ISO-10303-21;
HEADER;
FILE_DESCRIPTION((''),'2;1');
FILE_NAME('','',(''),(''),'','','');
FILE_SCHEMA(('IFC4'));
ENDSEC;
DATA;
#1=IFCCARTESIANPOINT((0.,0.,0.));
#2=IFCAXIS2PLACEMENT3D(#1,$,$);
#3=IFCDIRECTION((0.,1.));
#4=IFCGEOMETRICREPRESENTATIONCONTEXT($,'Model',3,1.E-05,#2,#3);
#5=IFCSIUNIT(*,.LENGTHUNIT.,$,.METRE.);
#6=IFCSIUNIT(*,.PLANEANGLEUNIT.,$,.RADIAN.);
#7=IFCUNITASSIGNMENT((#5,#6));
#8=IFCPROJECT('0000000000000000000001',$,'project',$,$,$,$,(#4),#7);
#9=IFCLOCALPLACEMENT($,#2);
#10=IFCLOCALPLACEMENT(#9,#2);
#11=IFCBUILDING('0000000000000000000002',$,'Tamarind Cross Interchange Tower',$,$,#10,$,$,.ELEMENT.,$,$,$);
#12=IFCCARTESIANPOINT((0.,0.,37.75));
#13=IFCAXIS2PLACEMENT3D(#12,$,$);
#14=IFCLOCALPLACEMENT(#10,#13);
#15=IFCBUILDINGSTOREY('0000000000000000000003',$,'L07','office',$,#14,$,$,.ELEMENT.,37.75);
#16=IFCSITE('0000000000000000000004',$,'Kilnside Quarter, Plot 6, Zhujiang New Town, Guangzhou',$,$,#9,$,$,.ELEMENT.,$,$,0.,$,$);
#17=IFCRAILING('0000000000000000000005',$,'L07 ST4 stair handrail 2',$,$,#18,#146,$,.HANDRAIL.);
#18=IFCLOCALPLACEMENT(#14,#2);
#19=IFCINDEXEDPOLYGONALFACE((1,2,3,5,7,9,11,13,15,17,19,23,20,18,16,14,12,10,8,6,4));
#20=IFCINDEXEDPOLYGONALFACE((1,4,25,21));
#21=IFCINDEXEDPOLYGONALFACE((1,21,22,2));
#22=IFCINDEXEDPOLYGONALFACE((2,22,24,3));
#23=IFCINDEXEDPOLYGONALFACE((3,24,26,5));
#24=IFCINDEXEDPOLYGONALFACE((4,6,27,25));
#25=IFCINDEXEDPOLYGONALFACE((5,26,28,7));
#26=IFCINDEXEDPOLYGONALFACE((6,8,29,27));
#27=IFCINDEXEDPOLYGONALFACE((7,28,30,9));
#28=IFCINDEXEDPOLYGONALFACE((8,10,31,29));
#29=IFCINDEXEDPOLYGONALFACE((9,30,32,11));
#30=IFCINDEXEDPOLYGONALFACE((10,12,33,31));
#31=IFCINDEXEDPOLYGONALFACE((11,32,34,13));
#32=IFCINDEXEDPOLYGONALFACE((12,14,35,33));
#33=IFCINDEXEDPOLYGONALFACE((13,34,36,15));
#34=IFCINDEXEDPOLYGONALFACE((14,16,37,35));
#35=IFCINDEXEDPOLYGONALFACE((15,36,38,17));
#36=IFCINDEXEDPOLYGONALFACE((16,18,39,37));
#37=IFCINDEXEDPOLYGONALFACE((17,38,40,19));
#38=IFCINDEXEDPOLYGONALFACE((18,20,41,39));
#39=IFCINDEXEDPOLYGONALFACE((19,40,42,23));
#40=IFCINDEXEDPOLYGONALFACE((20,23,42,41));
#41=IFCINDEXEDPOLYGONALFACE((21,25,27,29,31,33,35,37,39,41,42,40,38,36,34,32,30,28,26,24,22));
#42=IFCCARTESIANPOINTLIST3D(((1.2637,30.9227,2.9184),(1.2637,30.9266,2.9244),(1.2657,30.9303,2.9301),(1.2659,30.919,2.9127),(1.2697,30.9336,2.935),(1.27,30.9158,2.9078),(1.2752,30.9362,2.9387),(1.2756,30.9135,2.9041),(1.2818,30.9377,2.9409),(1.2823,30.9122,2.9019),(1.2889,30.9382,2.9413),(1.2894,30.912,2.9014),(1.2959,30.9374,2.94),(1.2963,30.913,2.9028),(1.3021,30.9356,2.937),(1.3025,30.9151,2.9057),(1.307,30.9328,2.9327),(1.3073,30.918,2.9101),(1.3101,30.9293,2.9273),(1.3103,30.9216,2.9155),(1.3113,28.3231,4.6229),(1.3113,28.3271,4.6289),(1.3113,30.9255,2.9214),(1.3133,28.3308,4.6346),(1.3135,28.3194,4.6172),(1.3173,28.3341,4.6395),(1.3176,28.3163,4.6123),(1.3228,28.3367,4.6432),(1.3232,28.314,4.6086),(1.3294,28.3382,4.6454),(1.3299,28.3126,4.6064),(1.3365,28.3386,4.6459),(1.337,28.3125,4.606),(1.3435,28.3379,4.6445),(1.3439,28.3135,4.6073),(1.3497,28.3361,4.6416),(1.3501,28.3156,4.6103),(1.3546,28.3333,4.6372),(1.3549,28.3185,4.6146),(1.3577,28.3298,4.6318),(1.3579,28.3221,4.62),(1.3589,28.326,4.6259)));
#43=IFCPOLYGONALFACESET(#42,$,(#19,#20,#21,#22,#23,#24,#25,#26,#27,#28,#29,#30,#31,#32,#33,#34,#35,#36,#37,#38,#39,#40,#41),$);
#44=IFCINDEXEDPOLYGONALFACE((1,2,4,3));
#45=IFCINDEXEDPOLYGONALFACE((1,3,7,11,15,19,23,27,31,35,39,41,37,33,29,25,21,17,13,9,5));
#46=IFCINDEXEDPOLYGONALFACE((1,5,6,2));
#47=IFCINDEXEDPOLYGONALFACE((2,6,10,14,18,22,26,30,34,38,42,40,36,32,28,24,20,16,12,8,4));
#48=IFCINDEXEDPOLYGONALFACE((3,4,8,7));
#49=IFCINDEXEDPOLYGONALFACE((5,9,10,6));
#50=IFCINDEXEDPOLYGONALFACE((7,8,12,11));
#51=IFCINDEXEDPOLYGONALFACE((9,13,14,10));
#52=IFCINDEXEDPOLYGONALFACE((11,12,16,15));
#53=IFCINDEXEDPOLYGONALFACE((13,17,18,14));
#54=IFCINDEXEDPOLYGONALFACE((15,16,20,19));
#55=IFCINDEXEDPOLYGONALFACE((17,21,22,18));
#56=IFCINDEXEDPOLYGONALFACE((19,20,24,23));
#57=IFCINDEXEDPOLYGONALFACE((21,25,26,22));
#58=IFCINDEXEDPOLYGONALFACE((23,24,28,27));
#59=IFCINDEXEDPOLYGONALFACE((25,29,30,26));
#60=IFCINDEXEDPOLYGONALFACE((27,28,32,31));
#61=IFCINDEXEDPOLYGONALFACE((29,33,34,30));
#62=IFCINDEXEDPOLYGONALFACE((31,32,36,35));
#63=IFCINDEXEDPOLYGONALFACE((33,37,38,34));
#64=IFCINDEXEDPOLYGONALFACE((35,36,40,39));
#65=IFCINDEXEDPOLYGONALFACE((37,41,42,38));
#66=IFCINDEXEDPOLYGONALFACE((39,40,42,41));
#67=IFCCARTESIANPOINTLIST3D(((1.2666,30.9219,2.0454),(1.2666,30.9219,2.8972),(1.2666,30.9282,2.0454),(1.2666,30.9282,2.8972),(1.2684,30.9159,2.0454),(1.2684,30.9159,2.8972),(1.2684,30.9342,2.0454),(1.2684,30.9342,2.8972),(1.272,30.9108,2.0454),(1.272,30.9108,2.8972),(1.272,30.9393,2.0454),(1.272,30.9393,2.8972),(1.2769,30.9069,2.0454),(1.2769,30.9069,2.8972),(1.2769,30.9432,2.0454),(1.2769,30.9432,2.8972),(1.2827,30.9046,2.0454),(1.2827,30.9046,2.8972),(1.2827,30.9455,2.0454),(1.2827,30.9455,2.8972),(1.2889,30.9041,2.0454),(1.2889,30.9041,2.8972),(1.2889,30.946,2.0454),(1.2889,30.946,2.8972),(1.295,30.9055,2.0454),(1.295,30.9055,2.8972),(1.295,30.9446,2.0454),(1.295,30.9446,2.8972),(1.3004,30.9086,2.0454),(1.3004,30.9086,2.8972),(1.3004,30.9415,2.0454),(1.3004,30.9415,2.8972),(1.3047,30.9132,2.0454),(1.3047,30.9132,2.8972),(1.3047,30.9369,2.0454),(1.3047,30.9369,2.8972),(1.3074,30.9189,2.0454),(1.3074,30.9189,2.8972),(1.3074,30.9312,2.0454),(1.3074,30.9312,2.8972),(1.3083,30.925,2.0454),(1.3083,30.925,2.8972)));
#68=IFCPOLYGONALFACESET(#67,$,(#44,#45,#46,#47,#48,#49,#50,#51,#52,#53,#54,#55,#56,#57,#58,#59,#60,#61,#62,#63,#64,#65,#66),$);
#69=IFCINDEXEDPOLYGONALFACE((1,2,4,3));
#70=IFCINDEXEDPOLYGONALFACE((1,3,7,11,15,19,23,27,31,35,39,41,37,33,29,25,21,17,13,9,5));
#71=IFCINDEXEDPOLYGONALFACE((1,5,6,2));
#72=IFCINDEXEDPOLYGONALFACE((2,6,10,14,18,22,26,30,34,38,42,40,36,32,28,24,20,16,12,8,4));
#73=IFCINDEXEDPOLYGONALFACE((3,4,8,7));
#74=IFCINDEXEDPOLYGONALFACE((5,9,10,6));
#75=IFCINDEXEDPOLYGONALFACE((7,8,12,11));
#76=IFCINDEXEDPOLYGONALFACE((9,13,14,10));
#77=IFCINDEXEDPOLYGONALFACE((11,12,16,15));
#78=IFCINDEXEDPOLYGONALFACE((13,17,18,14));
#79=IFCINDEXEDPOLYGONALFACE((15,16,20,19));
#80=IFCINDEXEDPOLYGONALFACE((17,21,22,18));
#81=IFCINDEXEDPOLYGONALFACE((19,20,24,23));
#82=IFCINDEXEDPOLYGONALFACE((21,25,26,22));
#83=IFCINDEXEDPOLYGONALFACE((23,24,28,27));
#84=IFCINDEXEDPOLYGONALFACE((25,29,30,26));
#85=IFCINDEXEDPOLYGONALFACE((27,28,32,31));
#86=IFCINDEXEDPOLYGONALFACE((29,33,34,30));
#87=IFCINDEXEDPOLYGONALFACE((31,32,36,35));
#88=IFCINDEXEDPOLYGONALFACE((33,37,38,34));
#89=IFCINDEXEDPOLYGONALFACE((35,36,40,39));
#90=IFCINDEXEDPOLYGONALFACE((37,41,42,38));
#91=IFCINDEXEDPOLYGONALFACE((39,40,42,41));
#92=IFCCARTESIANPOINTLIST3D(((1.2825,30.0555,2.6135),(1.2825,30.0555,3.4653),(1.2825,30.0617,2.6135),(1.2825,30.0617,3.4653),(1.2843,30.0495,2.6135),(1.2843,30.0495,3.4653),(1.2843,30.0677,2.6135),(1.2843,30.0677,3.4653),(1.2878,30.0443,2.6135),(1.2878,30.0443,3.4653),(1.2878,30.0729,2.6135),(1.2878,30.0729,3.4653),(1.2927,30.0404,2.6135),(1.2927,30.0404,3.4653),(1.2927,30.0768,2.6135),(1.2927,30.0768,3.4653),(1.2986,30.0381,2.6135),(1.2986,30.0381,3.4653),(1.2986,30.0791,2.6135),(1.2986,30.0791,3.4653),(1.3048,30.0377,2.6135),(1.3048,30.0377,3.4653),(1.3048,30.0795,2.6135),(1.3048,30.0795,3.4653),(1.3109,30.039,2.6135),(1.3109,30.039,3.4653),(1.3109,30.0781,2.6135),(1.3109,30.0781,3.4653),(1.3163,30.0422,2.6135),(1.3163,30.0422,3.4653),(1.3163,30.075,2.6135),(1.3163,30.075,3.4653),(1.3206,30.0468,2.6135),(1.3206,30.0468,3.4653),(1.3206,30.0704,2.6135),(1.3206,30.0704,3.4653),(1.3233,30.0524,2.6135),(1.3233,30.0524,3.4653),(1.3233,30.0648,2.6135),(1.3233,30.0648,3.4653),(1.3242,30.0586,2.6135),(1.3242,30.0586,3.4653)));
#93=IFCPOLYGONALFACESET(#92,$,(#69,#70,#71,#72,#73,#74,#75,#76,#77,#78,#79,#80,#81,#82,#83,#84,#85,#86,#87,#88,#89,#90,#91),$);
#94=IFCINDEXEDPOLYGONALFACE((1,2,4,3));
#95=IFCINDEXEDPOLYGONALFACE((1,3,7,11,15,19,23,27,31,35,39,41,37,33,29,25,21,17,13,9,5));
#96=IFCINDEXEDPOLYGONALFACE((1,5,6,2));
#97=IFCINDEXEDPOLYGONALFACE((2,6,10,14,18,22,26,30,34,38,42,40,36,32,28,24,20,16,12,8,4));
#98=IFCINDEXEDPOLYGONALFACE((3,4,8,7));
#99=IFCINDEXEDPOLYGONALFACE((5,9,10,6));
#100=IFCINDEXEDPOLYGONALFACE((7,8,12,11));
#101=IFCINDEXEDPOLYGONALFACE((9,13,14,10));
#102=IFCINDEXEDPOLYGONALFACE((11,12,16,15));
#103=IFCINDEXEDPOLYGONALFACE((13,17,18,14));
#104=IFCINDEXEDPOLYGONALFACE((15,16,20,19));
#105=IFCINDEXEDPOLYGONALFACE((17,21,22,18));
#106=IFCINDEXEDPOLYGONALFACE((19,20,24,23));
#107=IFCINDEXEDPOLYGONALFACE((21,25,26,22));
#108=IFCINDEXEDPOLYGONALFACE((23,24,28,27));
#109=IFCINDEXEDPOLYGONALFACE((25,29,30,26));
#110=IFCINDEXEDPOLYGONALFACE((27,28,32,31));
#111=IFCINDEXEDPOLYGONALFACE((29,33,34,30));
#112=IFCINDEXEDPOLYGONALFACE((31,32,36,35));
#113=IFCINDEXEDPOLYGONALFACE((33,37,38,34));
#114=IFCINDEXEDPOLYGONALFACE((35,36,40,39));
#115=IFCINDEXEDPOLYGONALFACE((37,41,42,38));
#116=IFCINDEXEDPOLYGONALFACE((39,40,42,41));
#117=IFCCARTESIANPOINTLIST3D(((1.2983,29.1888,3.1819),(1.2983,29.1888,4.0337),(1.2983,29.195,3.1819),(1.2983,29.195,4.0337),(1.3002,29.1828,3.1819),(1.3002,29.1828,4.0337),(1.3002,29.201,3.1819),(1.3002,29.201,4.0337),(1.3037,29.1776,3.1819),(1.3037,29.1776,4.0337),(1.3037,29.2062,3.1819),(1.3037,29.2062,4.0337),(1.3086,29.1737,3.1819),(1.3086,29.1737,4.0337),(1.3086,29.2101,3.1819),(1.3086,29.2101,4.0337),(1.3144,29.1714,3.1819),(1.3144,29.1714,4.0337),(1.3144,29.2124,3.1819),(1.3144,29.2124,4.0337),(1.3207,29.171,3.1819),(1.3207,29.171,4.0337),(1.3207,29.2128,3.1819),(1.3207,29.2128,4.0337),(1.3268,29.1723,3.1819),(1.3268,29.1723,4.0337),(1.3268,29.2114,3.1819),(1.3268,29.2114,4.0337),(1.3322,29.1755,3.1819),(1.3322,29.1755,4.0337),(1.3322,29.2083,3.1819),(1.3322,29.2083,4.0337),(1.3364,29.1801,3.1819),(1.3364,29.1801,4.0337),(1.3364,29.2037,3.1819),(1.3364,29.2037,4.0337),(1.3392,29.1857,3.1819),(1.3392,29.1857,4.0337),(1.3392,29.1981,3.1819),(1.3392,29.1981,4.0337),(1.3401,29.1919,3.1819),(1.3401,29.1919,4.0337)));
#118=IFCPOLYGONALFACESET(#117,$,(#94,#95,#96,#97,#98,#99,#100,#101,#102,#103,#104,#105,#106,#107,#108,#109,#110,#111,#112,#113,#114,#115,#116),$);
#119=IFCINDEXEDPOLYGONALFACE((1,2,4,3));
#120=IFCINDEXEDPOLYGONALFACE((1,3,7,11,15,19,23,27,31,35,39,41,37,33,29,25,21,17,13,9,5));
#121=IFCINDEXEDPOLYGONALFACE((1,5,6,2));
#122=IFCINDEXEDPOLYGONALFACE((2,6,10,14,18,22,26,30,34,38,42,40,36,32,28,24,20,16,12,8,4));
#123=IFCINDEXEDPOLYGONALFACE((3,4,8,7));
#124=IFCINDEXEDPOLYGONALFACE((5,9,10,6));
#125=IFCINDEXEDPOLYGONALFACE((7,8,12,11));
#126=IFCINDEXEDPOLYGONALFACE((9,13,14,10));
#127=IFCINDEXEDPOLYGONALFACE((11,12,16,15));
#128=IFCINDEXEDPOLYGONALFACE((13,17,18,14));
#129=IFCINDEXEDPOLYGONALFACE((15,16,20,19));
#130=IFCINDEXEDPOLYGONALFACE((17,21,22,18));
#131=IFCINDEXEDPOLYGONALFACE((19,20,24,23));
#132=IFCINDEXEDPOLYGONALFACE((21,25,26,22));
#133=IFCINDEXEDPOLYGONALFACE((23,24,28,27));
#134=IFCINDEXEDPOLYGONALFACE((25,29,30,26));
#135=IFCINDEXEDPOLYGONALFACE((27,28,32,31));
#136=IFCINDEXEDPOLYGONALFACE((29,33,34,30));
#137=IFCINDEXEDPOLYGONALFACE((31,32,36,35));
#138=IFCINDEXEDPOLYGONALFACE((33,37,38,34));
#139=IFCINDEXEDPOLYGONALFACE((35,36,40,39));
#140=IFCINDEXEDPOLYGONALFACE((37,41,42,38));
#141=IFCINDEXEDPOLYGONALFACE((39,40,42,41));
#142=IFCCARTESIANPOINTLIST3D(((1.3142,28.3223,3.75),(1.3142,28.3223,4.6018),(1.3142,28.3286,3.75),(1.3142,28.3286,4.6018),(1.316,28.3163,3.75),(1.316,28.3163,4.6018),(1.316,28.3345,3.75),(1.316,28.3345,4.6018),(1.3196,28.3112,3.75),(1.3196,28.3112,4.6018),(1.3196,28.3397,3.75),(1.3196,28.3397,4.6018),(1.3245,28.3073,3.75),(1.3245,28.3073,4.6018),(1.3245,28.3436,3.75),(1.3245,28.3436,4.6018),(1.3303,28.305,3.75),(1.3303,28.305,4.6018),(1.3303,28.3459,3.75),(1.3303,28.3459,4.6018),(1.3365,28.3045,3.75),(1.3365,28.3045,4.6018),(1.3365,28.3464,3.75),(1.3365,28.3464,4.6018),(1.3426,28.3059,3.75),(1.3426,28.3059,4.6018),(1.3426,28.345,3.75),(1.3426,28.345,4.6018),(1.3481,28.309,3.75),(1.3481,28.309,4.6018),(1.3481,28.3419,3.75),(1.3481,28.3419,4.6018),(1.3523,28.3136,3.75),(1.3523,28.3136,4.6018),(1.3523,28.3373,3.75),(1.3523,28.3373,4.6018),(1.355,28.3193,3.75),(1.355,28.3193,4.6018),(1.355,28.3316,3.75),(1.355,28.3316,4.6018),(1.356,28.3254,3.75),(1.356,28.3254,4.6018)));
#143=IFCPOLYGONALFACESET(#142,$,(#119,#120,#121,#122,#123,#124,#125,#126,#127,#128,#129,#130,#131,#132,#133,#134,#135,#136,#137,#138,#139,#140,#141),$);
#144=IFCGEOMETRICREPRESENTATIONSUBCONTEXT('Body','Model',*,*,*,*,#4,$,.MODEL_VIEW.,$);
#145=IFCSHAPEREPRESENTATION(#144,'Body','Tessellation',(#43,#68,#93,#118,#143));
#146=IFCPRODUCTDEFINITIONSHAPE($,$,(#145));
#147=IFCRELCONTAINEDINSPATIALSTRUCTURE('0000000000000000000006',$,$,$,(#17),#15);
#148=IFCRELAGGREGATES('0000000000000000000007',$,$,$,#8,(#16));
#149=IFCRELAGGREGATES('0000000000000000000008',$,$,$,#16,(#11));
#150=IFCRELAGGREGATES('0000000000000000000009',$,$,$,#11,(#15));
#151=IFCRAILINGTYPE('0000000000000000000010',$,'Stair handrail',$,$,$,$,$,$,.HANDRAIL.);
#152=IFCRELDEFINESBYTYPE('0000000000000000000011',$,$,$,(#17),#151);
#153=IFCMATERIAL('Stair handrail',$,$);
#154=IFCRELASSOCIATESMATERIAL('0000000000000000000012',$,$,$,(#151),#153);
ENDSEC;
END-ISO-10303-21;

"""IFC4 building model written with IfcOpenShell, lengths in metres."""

from ifc_helpers import new_model, si_unit, direction, frame, origin, origin_2d, place, context, subcontext, project, spatial, circle, extrude, material, type_object, element, save


model = new_model("IFC4")

# Units and contexts
model_context = context("Model", 3, precision=1e-05, world=origin(), true_north=direction((0.0, 1.0)))
body_context = subcontext(model_context, "Body", "Model", "MODEL_VIEW")
ifc_project = project(units=[si_unit("LENGTHUNIT", "METRE"), si_unit("PLANEANGLEUNIT", "RADIAN")], contexts=[model_context])

# Site, building, storey
site_placement = place(None, origin())
site = spatial("IfcSite", under=ifc_project, at=site_placement, Name="Kilnside Quarter, Plot 6, Zhujiang New Town, Guangzhou", CompositionType="ELEMENT", RefElevation=0.0)
building_placement = place(site_placement, origin())
building = spatial("IfcBuilding", under=site, at=building_placement, Name="Tamarind Cross Interchange Tower", CompositionType="ELEMENT")
storey_placement = place(building_placement, frame((0.0, 0.0, 37.75)))
storey = spatial("IfcBuildingStorey", under=building, at=storey_placement, Name="L07", Description="office", CompositionType="ELEMENT", Elevation=37.75)

# Railing
ifc_material_1 = material(Name="Stair handrail")
railing_type_1 = type_object("IfcRailingType", Name="Stair handrail", PredefinedType="HANDRAIL", material=ifc_material_1)
railing_1_placement = place(storey_placement, frame((1.2874, 30.925, 2.0454)))
element("IfcRailing", 1, at=railing_1_placement, inside=storey, type_object=railing_type_1, Name="L07 ST4 stair handrail 2", PredefinedType="HANDRAIL", context=body_context, shape_type="SweptSolid", body=[
    extrude(circle(Radius=0.0239, at=origin_2d()), frame((0.0, 0.0, 0.876), z_axis=(0.015313, -0.836157, 0.548276), x_axis=(0.999832, 0.01831, 0.0)), (0.0, 0.0, 1.0), 3.1089),
    extrude(circle(Radius=0.021, at=origin_2d()), origin(), (0.0, 0.0, 1.0), 0.8518),
    extrude(circle(Radius=0.021, at=origin_2d()), frame((0.0159, -0.8665, 0.5681)), (0.0, 0.0, 1.0), 0.8518),
    extrude(circle(Radius=0.021, at=origin_2d()), frame((0.0317, -1.7332, 1.1365)), (0.0, 0.0, 1.0), 0.8518),
    extrude(circle(Radius=0.021, at=origin_2d()), frame((0.0476, -2.5996, 1.7046)), (0.0, 0.0, 1.0), 0.8518),
])

save(model, "model.ifc")
